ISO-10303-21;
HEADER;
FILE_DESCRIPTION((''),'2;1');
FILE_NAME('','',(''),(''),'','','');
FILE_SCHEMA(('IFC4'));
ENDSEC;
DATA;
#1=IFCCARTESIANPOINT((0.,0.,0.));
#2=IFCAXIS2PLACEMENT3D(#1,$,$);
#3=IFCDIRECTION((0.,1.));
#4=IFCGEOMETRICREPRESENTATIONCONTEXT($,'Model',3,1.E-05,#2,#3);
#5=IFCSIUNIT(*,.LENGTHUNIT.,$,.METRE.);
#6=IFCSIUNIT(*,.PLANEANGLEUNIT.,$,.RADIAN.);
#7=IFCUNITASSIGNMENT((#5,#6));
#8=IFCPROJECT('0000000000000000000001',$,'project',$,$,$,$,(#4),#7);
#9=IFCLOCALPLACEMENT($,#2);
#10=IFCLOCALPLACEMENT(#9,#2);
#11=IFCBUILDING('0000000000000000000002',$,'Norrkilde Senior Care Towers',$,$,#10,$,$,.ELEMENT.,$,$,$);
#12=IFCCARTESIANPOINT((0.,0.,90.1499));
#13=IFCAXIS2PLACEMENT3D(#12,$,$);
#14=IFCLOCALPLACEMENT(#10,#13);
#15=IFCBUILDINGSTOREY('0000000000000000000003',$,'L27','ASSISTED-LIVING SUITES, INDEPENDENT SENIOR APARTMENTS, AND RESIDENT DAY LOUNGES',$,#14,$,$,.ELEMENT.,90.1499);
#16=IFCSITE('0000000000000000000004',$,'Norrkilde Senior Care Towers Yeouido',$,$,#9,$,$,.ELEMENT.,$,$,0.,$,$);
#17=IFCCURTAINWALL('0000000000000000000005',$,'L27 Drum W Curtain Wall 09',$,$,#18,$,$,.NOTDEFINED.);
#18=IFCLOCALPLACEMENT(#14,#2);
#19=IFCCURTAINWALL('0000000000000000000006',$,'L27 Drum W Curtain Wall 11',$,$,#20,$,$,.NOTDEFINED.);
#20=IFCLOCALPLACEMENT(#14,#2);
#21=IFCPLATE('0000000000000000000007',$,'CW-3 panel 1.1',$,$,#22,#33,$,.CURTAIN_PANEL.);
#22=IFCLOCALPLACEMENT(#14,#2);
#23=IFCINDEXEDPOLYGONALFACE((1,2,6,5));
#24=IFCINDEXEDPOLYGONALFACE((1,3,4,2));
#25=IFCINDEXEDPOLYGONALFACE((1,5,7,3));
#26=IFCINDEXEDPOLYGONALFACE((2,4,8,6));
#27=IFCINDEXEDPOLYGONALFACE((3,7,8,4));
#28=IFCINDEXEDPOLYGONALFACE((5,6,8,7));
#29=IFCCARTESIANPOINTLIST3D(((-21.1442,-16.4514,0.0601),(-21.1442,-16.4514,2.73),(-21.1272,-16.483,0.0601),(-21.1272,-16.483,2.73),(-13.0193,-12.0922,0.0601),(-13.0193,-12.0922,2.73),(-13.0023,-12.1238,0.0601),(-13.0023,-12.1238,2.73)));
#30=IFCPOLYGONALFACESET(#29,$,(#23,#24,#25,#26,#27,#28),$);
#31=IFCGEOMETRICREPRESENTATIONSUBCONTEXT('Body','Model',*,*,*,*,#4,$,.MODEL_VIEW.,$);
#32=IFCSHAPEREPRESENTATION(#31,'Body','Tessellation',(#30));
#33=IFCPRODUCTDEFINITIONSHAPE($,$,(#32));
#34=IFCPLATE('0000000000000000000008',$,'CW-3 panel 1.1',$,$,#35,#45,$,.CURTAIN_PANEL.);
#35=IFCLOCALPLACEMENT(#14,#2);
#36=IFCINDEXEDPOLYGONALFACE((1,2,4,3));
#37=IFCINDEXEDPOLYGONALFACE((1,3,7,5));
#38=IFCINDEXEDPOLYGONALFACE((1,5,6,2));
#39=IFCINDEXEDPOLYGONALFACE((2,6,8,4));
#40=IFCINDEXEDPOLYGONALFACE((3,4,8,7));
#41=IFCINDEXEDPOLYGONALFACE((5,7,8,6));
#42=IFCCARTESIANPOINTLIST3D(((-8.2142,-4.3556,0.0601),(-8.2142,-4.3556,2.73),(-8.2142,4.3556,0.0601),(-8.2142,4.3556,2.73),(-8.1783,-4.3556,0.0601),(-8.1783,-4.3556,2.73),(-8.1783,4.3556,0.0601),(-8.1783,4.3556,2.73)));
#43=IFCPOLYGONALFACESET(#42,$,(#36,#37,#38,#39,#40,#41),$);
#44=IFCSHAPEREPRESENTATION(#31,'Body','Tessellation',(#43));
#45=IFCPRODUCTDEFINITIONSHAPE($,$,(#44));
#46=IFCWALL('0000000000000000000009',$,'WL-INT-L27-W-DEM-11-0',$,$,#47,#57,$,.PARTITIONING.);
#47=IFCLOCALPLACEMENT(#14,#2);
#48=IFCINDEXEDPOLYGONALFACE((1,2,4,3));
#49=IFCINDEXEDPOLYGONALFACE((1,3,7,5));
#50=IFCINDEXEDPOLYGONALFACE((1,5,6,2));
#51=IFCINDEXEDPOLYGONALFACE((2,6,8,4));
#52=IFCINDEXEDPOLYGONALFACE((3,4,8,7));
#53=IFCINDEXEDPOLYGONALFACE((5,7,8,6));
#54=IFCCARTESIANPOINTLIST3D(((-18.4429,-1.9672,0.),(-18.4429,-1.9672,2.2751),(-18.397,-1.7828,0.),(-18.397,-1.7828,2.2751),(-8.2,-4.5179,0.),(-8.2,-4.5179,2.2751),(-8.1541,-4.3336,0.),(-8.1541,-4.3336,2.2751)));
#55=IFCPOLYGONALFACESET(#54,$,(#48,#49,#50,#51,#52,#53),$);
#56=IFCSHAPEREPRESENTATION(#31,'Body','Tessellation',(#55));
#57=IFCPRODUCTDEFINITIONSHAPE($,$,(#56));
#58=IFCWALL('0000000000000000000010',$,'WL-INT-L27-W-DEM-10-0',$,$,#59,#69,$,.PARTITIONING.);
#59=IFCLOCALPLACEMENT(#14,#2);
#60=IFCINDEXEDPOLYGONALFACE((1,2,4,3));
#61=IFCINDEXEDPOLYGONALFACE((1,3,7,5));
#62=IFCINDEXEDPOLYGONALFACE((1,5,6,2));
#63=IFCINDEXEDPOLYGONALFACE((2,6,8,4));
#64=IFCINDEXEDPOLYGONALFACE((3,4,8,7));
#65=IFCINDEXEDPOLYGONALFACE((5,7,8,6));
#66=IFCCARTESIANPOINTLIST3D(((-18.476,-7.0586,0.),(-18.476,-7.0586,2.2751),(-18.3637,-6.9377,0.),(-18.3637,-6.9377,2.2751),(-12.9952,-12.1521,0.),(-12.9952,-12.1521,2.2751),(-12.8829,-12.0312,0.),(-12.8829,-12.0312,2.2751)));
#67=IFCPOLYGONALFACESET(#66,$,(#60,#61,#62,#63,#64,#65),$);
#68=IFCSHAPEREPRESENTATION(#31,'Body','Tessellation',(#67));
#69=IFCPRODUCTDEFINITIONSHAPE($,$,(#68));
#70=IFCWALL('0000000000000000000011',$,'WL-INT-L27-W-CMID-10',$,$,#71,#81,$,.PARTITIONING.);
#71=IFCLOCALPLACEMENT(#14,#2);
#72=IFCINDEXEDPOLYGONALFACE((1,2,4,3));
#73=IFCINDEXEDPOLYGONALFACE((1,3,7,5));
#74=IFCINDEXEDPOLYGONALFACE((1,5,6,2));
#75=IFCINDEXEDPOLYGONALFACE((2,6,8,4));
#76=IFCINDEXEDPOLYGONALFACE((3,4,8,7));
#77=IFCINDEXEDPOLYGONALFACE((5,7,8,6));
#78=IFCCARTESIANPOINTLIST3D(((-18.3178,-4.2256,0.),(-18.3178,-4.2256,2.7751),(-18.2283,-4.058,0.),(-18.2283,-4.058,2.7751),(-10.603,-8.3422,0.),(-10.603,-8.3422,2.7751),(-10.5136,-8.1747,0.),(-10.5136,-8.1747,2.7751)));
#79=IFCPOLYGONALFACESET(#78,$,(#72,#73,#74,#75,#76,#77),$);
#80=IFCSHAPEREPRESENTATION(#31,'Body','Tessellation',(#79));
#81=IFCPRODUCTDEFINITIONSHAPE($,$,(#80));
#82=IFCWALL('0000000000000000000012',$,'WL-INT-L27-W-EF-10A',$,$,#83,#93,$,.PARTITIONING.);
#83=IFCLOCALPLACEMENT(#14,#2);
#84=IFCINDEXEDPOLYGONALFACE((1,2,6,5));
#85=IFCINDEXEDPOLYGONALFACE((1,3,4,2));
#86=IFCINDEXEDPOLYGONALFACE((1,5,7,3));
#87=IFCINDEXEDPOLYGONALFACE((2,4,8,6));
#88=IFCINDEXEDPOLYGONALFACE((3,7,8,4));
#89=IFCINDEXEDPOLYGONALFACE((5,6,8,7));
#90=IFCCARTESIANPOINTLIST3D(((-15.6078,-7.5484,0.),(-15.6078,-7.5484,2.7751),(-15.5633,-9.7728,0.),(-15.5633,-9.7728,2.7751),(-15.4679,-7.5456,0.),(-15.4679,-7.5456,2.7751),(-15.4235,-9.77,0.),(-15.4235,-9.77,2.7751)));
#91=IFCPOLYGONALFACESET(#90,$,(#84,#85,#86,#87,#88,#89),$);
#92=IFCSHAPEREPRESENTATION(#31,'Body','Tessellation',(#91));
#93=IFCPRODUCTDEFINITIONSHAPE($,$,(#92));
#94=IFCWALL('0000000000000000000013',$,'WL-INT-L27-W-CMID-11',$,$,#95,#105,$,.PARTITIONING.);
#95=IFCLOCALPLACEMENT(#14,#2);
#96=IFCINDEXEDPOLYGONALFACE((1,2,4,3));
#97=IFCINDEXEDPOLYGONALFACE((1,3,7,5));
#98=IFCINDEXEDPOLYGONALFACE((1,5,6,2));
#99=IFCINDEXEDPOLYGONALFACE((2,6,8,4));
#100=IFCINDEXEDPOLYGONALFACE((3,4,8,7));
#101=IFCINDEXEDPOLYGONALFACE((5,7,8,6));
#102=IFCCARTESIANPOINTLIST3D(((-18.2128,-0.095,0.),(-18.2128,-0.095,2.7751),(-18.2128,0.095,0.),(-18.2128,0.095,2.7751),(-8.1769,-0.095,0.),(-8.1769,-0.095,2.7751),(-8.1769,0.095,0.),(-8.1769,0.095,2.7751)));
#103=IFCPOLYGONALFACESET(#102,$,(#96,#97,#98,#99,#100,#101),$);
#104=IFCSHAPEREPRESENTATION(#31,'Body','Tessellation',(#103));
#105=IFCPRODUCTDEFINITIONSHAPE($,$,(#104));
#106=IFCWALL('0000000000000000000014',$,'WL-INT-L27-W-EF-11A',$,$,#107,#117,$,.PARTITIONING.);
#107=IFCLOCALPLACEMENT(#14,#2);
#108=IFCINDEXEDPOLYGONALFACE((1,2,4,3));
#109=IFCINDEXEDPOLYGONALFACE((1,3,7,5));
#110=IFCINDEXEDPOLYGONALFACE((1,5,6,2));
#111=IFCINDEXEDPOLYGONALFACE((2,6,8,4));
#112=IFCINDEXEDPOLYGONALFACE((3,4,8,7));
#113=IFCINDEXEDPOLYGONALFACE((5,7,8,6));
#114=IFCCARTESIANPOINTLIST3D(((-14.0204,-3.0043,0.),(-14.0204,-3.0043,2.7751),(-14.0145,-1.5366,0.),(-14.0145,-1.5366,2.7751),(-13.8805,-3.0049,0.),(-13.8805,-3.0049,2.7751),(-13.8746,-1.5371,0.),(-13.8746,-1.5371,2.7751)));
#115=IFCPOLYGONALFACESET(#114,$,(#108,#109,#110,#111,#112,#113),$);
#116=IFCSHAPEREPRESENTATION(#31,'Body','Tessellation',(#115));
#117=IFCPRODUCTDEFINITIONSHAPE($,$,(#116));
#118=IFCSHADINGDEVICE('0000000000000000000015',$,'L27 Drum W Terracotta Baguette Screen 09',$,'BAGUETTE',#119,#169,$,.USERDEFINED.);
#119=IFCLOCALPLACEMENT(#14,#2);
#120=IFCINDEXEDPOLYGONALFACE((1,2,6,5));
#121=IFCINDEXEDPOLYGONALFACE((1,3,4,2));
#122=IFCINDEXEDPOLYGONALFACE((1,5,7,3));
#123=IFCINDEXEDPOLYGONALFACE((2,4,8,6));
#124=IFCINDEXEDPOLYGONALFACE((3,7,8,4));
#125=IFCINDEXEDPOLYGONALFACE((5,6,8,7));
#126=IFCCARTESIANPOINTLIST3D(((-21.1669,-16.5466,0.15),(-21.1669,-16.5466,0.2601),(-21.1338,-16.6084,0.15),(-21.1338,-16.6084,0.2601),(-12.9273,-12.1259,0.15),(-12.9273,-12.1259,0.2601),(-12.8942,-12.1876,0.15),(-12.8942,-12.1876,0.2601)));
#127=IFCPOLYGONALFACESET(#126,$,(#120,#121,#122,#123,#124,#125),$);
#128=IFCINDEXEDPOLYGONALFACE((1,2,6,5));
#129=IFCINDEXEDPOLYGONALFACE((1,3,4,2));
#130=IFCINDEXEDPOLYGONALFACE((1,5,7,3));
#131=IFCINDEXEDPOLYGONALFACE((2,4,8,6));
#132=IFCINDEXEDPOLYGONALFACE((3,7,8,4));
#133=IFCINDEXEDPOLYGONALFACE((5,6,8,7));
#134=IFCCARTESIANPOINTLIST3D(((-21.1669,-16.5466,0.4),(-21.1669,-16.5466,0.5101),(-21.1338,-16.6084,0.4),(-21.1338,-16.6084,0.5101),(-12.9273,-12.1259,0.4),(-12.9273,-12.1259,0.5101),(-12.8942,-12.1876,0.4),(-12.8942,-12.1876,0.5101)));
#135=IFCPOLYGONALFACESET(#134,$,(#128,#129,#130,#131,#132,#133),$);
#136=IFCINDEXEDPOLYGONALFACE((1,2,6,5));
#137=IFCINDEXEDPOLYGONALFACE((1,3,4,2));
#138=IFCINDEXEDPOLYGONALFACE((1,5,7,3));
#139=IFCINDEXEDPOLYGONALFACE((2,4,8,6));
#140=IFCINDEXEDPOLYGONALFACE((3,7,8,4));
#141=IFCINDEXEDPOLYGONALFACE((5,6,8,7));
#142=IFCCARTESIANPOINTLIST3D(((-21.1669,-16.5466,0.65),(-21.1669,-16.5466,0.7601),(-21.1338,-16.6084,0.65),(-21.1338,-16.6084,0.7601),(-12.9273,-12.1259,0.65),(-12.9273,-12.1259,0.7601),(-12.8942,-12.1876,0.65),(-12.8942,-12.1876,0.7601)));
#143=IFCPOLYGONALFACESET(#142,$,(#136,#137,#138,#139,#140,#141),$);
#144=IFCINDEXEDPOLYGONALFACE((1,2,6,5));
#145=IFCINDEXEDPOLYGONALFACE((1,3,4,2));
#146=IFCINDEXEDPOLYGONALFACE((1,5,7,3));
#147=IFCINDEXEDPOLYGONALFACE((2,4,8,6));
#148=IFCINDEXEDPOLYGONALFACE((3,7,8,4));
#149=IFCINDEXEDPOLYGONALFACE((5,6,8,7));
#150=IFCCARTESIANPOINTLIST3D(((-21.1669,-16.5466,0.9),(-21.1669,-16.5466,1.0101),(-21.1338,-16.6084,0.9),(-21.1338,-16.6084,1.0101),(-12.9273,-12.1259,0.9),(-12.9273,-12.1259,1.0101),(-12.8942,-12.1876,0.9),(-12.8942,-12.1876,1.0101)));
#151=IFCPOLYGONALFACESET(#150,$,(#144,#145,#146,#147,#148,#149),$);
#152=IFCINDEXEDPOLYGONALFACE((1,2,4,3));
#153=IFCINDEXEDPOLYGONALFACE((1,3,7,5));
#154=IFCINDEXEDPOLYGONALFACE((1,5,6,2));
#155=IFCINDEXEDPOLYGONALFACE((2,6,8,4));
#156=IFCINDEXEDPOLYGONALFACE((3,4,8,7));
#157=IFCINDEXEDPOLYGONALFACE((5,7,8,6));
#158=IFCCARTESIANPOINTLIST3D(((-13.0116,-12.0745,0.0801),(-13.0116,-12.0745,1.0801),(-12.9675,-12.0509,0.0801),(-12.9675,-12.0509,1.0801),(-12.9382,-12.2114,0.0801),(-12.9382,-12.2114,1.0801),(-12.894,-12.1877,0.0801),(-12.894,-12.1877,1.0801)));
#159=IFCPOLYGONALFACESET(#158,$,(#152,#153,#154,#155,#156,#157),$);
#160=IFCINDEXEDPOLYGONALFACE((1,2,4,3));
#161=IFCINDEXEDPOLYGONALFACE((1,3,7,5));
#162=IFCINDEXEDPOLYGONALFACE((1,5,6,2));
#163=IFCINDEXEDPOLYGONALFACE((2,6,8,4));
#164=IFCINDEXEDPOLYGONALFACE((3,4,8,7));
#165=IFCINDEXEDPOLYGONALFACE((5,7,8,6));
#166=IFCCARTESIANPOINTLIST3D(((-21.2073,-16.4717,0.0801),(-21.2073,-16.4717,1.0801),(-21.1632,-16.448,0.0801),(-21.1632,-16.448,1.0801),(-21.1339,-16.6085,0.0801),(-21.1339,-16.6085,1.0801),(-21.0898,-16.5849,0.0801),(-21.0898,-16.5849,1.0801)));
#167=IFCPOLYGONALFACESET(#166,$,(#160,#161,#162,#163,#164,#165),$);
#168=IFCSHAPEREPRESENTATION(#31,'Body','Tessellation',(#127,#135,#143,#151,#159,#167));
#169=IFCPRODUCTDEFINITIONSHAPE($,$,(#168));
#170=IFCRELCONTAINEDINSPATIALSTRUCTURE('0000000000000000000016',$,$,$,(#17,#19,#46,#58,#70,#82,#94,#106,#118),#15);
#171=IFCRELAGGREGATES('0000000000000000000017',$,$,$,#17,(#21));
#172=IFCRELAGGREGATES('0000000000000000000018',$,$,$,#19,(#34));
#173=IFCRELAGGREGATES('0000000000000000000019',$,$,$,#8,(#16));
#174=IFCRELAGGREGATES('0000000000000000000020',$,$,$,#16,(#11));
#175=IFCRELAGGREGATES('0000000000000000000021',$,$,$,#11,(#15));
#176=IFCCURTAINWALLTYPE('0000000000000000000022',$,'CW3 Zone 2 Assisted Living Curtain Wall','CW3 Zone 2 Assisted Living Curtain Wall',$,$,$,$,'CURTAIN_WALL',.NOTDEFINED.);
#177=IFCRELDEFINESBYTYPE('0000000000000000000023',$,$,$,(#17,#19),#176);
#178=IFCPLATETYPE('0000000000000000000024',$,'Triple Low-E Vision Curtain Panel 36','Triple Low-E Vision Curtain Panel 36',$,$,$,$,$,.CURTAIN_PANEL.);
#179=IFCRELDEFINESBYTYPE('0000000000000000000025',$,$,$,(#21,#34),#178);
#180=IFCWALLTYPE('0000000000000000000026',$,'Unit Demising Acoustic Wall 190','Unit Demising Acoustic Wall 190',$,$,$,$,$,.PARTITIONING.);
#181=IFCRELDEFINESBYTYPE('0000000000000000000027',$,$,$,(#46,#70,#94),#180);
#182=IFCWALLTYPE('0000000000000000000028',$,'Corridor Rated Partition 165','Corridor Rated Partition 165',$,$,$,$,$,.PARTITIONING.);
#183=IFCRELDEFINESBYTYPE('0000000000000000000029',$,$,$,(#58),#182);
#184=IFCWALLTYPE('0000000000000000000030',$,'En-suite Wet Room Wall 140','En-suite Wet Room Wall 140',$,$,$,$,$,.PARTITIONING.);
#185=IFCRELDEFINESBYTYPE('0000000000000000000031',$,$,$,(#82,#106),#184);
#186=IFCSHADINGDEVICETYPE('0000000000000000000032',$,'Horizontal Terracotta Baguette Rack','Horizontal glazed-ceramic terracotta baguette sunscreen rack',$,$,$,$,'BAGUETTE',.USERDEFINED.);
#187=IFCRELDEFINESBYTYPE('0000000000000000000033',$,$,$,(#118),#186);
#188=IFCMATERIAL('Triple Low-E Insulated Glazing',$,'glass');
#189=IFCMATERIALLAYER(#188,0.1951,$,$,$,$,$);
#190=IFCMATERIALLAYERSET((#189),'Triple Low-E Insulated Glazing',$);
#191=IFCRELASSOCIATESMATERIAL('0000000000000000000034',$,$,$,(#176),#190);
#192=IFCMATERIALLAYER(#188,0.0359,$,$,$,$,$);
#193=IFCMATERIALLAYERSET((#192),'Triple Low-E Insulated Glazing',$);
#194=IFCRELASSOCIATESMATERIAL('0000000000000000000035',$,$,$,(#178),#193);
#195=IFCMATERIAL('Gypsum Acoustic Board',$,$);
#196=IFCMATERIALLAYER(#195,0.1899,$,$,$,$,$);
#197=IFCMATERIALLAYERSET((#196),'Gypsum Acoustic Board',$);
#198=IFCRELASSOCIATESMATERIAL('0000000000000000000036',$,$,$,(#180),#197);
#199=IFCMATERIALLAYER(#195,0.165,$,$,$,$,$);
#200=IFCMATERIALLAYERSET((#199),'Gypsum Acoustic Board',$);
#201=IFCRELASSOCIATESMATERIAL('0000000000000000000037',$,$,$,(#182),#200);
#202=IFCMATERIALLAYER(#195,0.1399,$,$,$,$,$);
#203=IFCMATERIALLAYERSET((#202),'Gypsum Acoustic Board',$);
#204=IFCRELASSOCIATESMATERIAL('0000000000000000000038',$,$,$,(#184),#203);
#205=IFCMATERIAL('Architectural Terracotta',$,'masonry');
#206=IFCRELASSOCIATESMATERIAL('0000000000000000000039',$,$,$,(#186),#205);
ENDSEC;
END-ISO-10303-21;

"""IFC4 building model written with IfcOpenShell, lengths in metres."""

from ifc_helpers import new_model, si_unit, direction, frame, frame_2d, origin, origin_2d, place, context, subcontext, project, spatial, rectangle, extrude, source, transform, mapped, material, layer, layer_set, type_object, type_shapes, element, aggregate, save


model = new_model("IFC4")

# Units and contexts
model_context = context("Model", 3, precision=1e-05, world=origin(), true_north=direction((0.0, 1.0)))
body_context = subcontext(model_context, "Body", "Model", "MODEL_VIEW")
ifc_project = project(units=[si_unit("LENGTHUNIT", "METRE"), si_unit("PLANEANGLEUNIT", "RADIAN")], contexts=[model_context])

# Site, building, storey
site_placement = place(None, origin())
site = spatial("IfcSite", under=ifc_project, at=site_placement, Name="Norrkilde Senior Care Towers Yeouido", CompositionType="ELEMENT", RefElevation=0.0)
building_placement = place(site_placement, origin())
building = spatial("IfcBuilding", under=site, at=building_placement, Name="Norrkilde Senior Care Towers", CompositionType="ELEMENT")
storey_placement = place(building_placement, frame((0.0, 0.0, 90.1499)))
storey = spatial("IfcBuildingStorey", under=building, at=storey_placement, Name="L27", Description="ASSISTED-LIVING SUITES, INDEPENDENT SENIOR APARTMENTS, AND RESIDENT DAY LOUNGES", CompositionType="ELEMENT", Elevation=90.1499)

# Curtain wall
ifc_material_1 = material(Name="Triple Low-E Insulated Glazing", Category="glass")
ifc_layer_1 = layer(ifc_material_1, 0.1951)
ifc_layer_set_1 = layer_set([ifc_layer_1], Name="Triple Low-E Insulated Glazing")
curtain_wall_type = type_object("IfcCurtainWallType", Name="CW3 Zone 2 Assisted Living Curtain Wall", Description="CW3 Zone 2 Assisted Living Curtain Wall", ElementType="CURTAIN_WALL", PredefinedType="NOTDEFINED", material=ifc_layer_set_1)
curtain_wall_1_placement = place(storey_placement, origin())
curtain_wall_1 = element("IfcCurtainWall", 1, at=curtain_wall_1_placement, inside=storey, type_object=curtain_wall_type, Name="L27 Drum W Curtain Wall 09", PredefinedType="NOTDEFINED")

# Curtain wall
curtain_wall_2_placement = place(storey_placement, origin())
curtain_wall_2 = element("IfcCurtainWall", 2, at=curtain_wall_2_placement, inside=storey, type_object=curtain_wall_type, Name="L27 Drum W Curtain Wall 11", PredefinedType="NOTDEFINED")

# Plates
ifc_layer_2 = layer(ifc_material_1, 0.0359)
ifc_layer_set_2 = layer_set([ifc_layer_2], Name="Triple Low-E Insulated Glazing")
plate_type = type_object("IfcPlateType", Name="Triple Low-E Vision Curtain Panel 36", Description="Triple Low-E Vision Curtain Panel 36", PredefinedType="CURTAIN_PANEL", material=ifc_layer_set_2)
shared_shape_1 = source(origin(), body_context, "Body", "SweptSolid", [
    extrude(rectangle(XDim=9.2205, YDim=0.0359, at=origin_2d()), origin(), (0.0, 0.0, 1.0), 2.6699),
])
plate_1_placement = place(storey_placement, frame((-17.0732, -14.2876, 0.0601), z_axis=(0.0, 0.0, 1.0), x_axis=(-0.881186, -0.472769, 0.0)))
plate_1 = element("IfcPlate", 3, at=plate_1_placement, type_object=plate_type, Name="CW-3 panel 1.1", PredefinedType="CURTAIN_PANEL", context=body_context, shape_type="MappedRepresentation", body=[
    mapped(shared_shape_1, transform((0.0, 0.0, 0.0), x_axis=(1.0, 0.0, 0.0), y_axis=(0.0, 1.0, 0.0), z_axis=(0.0, 0.0, 1.0), scale=1.0)),
])
aggregate(curtain_wall_1, [plate_1])
shared_shape_2 = source(origin(), body_context, "Body", "SweptSolid", [
    extrude(rectangle(XDim=8.7112, YDim=0.0359, at=origin_2d()), origin(), (0.0, 0.0, 1.0), 2.6699),
])
plate_2_placement = place(storey_placement, frame((-8.1963, 0.0, 0.0601), z_axis=(0.0, 0.0, 1.0), x_axis=(0.0, -1.0, 0.0)))
plate_2 = element("IfcPlate", 4, at=plate_2_placement, type_object=plate_type, Name="CW-3 panel 1.1", PredefinedType="CURTAIN_PANEL", context=body_context, shape_type="MappedRepresentation", body=[
    mapped(shared_shape_2, transform((0.0, 0.0, 0.0), x_axis=(1.0, 0.0, 0.0), y_axis=(0.0, 1.0, 0.0), z_axis=(0.0, 0.0, 1.0), scale=1.0)),
])
aggregate(curtain_wall_2, [plate_2])

# Walls
ifc_material_2 = material(Name="Gypsum Acoustic Board")
ifc_layer_3 = layer(ifc_material_2, 0.1899)
ifc_layer_set_3 = layer_set([ifc_layer_3], Name="Gypsum Acoustic Board")
wall_type_1 = type_object("IfcWallType", Name="Unit Demising Acoustic Wall 190", Description="Unit Demising Acoustic Wall 190", PredefinedType="PARTITIONING", material=ifc_layer_set_3)
shared_shape_3 = source(origin(), body_context, "Body", "SweptSolid", [
    extrude(rectangle(XDim=10.5557, YDim=0.1899, at=frame_2d((5.2778, 0.0))), origin(), (0.0, 0.0, 1.0), 2.2751),
])
wall_1_placement = place(storey_placement, frame((-18.4199, -1.875, 0.0), z_axis=(0.0, 0.0, 1.0), x_axis=(0.970364, -0.241648, 0.0)))
element("IfcWall", 5, at=wall_1_placement, inside=storey, type_object=wall_type_1, Name="WL-INT-L27-W-DEM-11-0", PredefinedType="PARTITIONING", context=body_context, shape_type="MappedRepresentation", body=[
    mapped(shared_shape_3, transform((0.0, 0.0, 0.0), x_axis=(1.0, 0.0, 0.0), y_axis=(0.0, 1.0, 0.0), z_axis=(0.0, 0.0, 1.0), scale=1.0)),
])
ifc_layer_4 = layer(ifc_material_2, 0.165)
ifc_layer_set_4 = layer_set([ifc_layer_4], Name="Gypsum Acoustic Board")
wall_type_2 = type_object("IfcWallType", Name="Corridor Rated Partition 165", Description="Corridor Rated Partition 165", PredefinedType="PARTITIONING", material=ifc_layer_set_4)
shared_shape_4 = source(origin(), body_context, "Body", "SweptSolid", [
    extrude(rectangle(XDim=7.4822, YDim=0.165, at=frame_2d((3.7412, 0.0))), origin(), (0.0, 0.0, 1.0), 2.2751),
])
type_shapes(wall_type_2, [shared_shape_4])
wall_2_placement = place(storey_placement, frame((-18.4199, -6.998, 0.0), z_axis=(0.0, 0.0, 1.0), x_axis=(0.732509, -0.680758, 0.0)))
element("IfcWall", 6, at=wall_2_placement, inside=storey, type_object=wall_type_2, Name="WL-INT-L27-W-DEM-10-0", PredefinedType="PARTITIONING", context=body_context, shape_type="MappedRepresentation", body=[
    mapped(shared_shape_4, transform((0.0, 0.0, 0.0), x_axis=(1.0, 0.0, 0.0), y_axis=(0.0, 1.0, 0.0), z_axis=(0.0, 0.0, 1.0), scale=1.0)),
])
shared_shape_5 = source(origin(), body_context, "Body", "SweptSolid", [
    extrude(rectangle(XDim=8.7444, YDim=0.1899, at=frame_2d((4.3721, 0.0))), origin(), (0.0, 0.0, 1.0), 2.7751),
])
wall_3_placement = place(storey_placement, frame((-18.2729, -4.1418, 0.0), z_axis=(0.0, 0.0, 1.0), x_axis=(0.882252, -0.470777, 0.0)))
element("IfcWall", 7, at=wall_3_placement, inside=storey, type_object=wall_type_1, Name="WL-INT-L27-W-CMID-10", PredefinedType="PARTITIONING", context=body_context, shape_type="MappedRepresentation", body=[
    mapped(shared_shape_5, transform((0.0, 0.0, 0.0), x_axis=(1.0, 0.0, 0.0), y_axis=(0.0, 1.0, 0.0), z_axis=(0.0, 0.0, 1.0), scale=1.0)),
])
ifc_layer_5 = layer(ifc_material_2, 0.1399)
ifc_layer_set_5 = layer_set([ifc_layer_5], Name="Gypsum Acoustic Board")
wall_type_3 = type_object("IfcWallType", Name="En-suite Wet Room Wall 140", Description="En-suite Wet Room Wall 140", PredefinedType="PARTITIONING", material=ifc_layer_set_5)
shared_shape_6 = source(origin(), body_context, "Body", "SweptSolid", [
    extrude(rectangle(XDim=2.2249, YDim=0.1399, at=frame_2d((1.1123, 0.0))), origin(), (0.0, 0.0, 1.0), 2.7751),
])
wall_4_placement = place(storey_placement, frame((-15.5378, -7.5471, 0.0), z_axis=(0.0, 0.0, 1.0), x_axis=(0.019972, -0.999801, 0.0)))
element("IfcWall", 8, at=wall_4_placement, inside=storey, type_object=wall_type_3, Name="WL-INT-L27-W-EF-10A", PredefinedType="PARTITIONING", context=body_context, shape_type="MappedRepresentation", body=[
    mapped(shared_shape_6, transform((0.0, 0.0, 0.0), x_axis=(1.0, 0.0, 0.0), y_axis=(0.0, 1.0, 0.0), z_axis=(0.0, 0.0, 1.0), scale=1.0)),
])
shared_shape_7 = source(origin(), body_context, "Body", "SweptSolid", [
    extrude(rectangle(XDim=10.0359, YDim=0.1899, at=frame_2d((5.0181, 0.0))), origin(), (0.0, 0.0, 1.0), 2.7751),
])
type_shapes(wall_type_1, [shared_shape_3, shared_shape_5, shared_shape_7])
wall_5_placement = place(storey_placement, frame((-18.2129, 0.0, 0.0), z_axis=(0.0, 0.0, 1.0), x_axis=(1.0, 0.0, 0.0)))
element("IfcWall", 9, at=wall_5_placement, inside=storey, type_object=wall_type_1, Name="WL-INT-L27-W-CMID-11", PredefinedType="PARTITIONING", context=body_context, shape_type="MappedRepresentation", body=[
    mapped(shared_shape_7, transform((0.0, 0.0, 0.0), x_axis=(1.0, 0.0, 0.0), y_axis=(0.0, 1.0, 0.0), z_axis=(0.0, 0.0, 1.0), scale=1.0)),
])
shared_shape_8 = source(origin(), body_context, "Body", "SweptSolid", [
    extrude(rectangle(XDim=1.4678, YDim=0.1399, at=frame_2d((0.7339, 0.0))), origin(), (0.0, 0.0, 1.0), 2.7751),
])
type_shapes(wall_type_3, [shared_shape_6, shared_shape_8])
wall_6_placement = place(storey_placement, frame((-13.9446, -1.5369, 0.0), z_axis=(0.0, 0.0, 1.0), x_axis=(-0.003992, -0.999992, 0.0)))
element("IfcWall", 10, at=wall_6_placement, inside=storey, type_object=wall_type_3, Name="WL-INT-L27-W-EF-11A", PredefinedType="PARTITIONING", context=body_context, shape_type="MappedRepresentation", body=[
    mapped(shared_shape_8, transform((0.0, 0.0, 0.0), x_axis=(1.0, 0.0, 0.0), y_axis=(0.0, 1.0, 0.0), z_axis=(0.0, 0.0, 1.0), scale=1.0)),
])

# Shading device
ifc_material_3 = material(Name="Architectural Terracotta", Category="masonry")
shading_device_type = type_object("IfcShadingDeviceType", Name="Horizontal Terracotta Baguette Rack", Description="Horizontal glazed-ceramic terracotta baguette sunscreen rack", ElementType="BAGUETTE", PredefinedType="USERDEFINED", material=ifc_material_3)
shared_shape_9 = source(origin(), body_context, "Body", "SweptSolid", [
    extrude(rectangle(XDim=0.0701, YDim=0.1101, at=origin_2d()), frame((0.0, 0.0901, 0.125), z_axis=(1.0, 0.0, 0.0), x_axis=(0.0, 1.0, 0.0)), (0.0, 0.0, 1.0), 9.3506),
    extrude(rectangle(XDim=0.0701, YDim=0.1101, at=origin_2d()), frame((0.0, 0.0901, 0.375), z_axis=(1.0, 0.0, 0.0), x_axis=(0.0, 1.0, 0.0)), (0.0, 0.0, 1.0), 9.3506),
    extrude(rectangle(XDim=0.0701, YDim=0.1101, at=origin_2d()), frame((0.0, 0.0901, 0.625), z_axis=(1.0, 0.0, 0.0), x_axis=(0.0, 1.0, 0.0)), (0.0, 0.0, 1.0), 9.3506),
    extrude(rectangle(XDim=0.0701, YDim=0.1101, at=origin_2d()), frame((0.0, 0.0901, 0.875), z_axis=(1.0, 0.0, 0.0), x_axis=(0.0, 1.0, 0.0)), (0.0, 0.0, 1.0), 9.3506),
    extrude(rectangle(XDim=0.05, YDim=0.1553, at=origin_2d()), frame((0.0249, 0.0476, 0.0)), (0.0, 0.0, 1.0), 1.0),
    extrude(rectangle(XDim=0.05, YDim=0.1553, at=origin_2d()), frame((9.3257, 0.0476, 0.0)), (0.0, 0.0, 1.0), 1.0),
])
type_shapes(shading_device_type, [shared_shape_9])
shading_device_placement = place(storey_placement, frame((-12.9534, -12.0774, 0.0801), z_axis=(0.0, 0.0, 1.0), x_axis=(-0.881175, -0.472768, 0.0)))
element("IfcShadingDevice", 11, at=shading_device_placement, inside=storey, type_object=shading_device_type, Name="L27 Drum W Terracotta Baguette Screen 09", ObjectType="BAGUETTE", PredefinedType="USERDEFINED", context=body_context, shape_type="MappedRepresentation", body=[
    mapped(shared_shape_9, transform((0.0, 0.0, 0.0), x_axis=(1.0, 0.0, 0.0), y_axis=(0.0, 1.0, 0.0), z_axis=(0.0, 0.0, 1.0), scale=1.0)),
])

save(model, "model.ifc")
